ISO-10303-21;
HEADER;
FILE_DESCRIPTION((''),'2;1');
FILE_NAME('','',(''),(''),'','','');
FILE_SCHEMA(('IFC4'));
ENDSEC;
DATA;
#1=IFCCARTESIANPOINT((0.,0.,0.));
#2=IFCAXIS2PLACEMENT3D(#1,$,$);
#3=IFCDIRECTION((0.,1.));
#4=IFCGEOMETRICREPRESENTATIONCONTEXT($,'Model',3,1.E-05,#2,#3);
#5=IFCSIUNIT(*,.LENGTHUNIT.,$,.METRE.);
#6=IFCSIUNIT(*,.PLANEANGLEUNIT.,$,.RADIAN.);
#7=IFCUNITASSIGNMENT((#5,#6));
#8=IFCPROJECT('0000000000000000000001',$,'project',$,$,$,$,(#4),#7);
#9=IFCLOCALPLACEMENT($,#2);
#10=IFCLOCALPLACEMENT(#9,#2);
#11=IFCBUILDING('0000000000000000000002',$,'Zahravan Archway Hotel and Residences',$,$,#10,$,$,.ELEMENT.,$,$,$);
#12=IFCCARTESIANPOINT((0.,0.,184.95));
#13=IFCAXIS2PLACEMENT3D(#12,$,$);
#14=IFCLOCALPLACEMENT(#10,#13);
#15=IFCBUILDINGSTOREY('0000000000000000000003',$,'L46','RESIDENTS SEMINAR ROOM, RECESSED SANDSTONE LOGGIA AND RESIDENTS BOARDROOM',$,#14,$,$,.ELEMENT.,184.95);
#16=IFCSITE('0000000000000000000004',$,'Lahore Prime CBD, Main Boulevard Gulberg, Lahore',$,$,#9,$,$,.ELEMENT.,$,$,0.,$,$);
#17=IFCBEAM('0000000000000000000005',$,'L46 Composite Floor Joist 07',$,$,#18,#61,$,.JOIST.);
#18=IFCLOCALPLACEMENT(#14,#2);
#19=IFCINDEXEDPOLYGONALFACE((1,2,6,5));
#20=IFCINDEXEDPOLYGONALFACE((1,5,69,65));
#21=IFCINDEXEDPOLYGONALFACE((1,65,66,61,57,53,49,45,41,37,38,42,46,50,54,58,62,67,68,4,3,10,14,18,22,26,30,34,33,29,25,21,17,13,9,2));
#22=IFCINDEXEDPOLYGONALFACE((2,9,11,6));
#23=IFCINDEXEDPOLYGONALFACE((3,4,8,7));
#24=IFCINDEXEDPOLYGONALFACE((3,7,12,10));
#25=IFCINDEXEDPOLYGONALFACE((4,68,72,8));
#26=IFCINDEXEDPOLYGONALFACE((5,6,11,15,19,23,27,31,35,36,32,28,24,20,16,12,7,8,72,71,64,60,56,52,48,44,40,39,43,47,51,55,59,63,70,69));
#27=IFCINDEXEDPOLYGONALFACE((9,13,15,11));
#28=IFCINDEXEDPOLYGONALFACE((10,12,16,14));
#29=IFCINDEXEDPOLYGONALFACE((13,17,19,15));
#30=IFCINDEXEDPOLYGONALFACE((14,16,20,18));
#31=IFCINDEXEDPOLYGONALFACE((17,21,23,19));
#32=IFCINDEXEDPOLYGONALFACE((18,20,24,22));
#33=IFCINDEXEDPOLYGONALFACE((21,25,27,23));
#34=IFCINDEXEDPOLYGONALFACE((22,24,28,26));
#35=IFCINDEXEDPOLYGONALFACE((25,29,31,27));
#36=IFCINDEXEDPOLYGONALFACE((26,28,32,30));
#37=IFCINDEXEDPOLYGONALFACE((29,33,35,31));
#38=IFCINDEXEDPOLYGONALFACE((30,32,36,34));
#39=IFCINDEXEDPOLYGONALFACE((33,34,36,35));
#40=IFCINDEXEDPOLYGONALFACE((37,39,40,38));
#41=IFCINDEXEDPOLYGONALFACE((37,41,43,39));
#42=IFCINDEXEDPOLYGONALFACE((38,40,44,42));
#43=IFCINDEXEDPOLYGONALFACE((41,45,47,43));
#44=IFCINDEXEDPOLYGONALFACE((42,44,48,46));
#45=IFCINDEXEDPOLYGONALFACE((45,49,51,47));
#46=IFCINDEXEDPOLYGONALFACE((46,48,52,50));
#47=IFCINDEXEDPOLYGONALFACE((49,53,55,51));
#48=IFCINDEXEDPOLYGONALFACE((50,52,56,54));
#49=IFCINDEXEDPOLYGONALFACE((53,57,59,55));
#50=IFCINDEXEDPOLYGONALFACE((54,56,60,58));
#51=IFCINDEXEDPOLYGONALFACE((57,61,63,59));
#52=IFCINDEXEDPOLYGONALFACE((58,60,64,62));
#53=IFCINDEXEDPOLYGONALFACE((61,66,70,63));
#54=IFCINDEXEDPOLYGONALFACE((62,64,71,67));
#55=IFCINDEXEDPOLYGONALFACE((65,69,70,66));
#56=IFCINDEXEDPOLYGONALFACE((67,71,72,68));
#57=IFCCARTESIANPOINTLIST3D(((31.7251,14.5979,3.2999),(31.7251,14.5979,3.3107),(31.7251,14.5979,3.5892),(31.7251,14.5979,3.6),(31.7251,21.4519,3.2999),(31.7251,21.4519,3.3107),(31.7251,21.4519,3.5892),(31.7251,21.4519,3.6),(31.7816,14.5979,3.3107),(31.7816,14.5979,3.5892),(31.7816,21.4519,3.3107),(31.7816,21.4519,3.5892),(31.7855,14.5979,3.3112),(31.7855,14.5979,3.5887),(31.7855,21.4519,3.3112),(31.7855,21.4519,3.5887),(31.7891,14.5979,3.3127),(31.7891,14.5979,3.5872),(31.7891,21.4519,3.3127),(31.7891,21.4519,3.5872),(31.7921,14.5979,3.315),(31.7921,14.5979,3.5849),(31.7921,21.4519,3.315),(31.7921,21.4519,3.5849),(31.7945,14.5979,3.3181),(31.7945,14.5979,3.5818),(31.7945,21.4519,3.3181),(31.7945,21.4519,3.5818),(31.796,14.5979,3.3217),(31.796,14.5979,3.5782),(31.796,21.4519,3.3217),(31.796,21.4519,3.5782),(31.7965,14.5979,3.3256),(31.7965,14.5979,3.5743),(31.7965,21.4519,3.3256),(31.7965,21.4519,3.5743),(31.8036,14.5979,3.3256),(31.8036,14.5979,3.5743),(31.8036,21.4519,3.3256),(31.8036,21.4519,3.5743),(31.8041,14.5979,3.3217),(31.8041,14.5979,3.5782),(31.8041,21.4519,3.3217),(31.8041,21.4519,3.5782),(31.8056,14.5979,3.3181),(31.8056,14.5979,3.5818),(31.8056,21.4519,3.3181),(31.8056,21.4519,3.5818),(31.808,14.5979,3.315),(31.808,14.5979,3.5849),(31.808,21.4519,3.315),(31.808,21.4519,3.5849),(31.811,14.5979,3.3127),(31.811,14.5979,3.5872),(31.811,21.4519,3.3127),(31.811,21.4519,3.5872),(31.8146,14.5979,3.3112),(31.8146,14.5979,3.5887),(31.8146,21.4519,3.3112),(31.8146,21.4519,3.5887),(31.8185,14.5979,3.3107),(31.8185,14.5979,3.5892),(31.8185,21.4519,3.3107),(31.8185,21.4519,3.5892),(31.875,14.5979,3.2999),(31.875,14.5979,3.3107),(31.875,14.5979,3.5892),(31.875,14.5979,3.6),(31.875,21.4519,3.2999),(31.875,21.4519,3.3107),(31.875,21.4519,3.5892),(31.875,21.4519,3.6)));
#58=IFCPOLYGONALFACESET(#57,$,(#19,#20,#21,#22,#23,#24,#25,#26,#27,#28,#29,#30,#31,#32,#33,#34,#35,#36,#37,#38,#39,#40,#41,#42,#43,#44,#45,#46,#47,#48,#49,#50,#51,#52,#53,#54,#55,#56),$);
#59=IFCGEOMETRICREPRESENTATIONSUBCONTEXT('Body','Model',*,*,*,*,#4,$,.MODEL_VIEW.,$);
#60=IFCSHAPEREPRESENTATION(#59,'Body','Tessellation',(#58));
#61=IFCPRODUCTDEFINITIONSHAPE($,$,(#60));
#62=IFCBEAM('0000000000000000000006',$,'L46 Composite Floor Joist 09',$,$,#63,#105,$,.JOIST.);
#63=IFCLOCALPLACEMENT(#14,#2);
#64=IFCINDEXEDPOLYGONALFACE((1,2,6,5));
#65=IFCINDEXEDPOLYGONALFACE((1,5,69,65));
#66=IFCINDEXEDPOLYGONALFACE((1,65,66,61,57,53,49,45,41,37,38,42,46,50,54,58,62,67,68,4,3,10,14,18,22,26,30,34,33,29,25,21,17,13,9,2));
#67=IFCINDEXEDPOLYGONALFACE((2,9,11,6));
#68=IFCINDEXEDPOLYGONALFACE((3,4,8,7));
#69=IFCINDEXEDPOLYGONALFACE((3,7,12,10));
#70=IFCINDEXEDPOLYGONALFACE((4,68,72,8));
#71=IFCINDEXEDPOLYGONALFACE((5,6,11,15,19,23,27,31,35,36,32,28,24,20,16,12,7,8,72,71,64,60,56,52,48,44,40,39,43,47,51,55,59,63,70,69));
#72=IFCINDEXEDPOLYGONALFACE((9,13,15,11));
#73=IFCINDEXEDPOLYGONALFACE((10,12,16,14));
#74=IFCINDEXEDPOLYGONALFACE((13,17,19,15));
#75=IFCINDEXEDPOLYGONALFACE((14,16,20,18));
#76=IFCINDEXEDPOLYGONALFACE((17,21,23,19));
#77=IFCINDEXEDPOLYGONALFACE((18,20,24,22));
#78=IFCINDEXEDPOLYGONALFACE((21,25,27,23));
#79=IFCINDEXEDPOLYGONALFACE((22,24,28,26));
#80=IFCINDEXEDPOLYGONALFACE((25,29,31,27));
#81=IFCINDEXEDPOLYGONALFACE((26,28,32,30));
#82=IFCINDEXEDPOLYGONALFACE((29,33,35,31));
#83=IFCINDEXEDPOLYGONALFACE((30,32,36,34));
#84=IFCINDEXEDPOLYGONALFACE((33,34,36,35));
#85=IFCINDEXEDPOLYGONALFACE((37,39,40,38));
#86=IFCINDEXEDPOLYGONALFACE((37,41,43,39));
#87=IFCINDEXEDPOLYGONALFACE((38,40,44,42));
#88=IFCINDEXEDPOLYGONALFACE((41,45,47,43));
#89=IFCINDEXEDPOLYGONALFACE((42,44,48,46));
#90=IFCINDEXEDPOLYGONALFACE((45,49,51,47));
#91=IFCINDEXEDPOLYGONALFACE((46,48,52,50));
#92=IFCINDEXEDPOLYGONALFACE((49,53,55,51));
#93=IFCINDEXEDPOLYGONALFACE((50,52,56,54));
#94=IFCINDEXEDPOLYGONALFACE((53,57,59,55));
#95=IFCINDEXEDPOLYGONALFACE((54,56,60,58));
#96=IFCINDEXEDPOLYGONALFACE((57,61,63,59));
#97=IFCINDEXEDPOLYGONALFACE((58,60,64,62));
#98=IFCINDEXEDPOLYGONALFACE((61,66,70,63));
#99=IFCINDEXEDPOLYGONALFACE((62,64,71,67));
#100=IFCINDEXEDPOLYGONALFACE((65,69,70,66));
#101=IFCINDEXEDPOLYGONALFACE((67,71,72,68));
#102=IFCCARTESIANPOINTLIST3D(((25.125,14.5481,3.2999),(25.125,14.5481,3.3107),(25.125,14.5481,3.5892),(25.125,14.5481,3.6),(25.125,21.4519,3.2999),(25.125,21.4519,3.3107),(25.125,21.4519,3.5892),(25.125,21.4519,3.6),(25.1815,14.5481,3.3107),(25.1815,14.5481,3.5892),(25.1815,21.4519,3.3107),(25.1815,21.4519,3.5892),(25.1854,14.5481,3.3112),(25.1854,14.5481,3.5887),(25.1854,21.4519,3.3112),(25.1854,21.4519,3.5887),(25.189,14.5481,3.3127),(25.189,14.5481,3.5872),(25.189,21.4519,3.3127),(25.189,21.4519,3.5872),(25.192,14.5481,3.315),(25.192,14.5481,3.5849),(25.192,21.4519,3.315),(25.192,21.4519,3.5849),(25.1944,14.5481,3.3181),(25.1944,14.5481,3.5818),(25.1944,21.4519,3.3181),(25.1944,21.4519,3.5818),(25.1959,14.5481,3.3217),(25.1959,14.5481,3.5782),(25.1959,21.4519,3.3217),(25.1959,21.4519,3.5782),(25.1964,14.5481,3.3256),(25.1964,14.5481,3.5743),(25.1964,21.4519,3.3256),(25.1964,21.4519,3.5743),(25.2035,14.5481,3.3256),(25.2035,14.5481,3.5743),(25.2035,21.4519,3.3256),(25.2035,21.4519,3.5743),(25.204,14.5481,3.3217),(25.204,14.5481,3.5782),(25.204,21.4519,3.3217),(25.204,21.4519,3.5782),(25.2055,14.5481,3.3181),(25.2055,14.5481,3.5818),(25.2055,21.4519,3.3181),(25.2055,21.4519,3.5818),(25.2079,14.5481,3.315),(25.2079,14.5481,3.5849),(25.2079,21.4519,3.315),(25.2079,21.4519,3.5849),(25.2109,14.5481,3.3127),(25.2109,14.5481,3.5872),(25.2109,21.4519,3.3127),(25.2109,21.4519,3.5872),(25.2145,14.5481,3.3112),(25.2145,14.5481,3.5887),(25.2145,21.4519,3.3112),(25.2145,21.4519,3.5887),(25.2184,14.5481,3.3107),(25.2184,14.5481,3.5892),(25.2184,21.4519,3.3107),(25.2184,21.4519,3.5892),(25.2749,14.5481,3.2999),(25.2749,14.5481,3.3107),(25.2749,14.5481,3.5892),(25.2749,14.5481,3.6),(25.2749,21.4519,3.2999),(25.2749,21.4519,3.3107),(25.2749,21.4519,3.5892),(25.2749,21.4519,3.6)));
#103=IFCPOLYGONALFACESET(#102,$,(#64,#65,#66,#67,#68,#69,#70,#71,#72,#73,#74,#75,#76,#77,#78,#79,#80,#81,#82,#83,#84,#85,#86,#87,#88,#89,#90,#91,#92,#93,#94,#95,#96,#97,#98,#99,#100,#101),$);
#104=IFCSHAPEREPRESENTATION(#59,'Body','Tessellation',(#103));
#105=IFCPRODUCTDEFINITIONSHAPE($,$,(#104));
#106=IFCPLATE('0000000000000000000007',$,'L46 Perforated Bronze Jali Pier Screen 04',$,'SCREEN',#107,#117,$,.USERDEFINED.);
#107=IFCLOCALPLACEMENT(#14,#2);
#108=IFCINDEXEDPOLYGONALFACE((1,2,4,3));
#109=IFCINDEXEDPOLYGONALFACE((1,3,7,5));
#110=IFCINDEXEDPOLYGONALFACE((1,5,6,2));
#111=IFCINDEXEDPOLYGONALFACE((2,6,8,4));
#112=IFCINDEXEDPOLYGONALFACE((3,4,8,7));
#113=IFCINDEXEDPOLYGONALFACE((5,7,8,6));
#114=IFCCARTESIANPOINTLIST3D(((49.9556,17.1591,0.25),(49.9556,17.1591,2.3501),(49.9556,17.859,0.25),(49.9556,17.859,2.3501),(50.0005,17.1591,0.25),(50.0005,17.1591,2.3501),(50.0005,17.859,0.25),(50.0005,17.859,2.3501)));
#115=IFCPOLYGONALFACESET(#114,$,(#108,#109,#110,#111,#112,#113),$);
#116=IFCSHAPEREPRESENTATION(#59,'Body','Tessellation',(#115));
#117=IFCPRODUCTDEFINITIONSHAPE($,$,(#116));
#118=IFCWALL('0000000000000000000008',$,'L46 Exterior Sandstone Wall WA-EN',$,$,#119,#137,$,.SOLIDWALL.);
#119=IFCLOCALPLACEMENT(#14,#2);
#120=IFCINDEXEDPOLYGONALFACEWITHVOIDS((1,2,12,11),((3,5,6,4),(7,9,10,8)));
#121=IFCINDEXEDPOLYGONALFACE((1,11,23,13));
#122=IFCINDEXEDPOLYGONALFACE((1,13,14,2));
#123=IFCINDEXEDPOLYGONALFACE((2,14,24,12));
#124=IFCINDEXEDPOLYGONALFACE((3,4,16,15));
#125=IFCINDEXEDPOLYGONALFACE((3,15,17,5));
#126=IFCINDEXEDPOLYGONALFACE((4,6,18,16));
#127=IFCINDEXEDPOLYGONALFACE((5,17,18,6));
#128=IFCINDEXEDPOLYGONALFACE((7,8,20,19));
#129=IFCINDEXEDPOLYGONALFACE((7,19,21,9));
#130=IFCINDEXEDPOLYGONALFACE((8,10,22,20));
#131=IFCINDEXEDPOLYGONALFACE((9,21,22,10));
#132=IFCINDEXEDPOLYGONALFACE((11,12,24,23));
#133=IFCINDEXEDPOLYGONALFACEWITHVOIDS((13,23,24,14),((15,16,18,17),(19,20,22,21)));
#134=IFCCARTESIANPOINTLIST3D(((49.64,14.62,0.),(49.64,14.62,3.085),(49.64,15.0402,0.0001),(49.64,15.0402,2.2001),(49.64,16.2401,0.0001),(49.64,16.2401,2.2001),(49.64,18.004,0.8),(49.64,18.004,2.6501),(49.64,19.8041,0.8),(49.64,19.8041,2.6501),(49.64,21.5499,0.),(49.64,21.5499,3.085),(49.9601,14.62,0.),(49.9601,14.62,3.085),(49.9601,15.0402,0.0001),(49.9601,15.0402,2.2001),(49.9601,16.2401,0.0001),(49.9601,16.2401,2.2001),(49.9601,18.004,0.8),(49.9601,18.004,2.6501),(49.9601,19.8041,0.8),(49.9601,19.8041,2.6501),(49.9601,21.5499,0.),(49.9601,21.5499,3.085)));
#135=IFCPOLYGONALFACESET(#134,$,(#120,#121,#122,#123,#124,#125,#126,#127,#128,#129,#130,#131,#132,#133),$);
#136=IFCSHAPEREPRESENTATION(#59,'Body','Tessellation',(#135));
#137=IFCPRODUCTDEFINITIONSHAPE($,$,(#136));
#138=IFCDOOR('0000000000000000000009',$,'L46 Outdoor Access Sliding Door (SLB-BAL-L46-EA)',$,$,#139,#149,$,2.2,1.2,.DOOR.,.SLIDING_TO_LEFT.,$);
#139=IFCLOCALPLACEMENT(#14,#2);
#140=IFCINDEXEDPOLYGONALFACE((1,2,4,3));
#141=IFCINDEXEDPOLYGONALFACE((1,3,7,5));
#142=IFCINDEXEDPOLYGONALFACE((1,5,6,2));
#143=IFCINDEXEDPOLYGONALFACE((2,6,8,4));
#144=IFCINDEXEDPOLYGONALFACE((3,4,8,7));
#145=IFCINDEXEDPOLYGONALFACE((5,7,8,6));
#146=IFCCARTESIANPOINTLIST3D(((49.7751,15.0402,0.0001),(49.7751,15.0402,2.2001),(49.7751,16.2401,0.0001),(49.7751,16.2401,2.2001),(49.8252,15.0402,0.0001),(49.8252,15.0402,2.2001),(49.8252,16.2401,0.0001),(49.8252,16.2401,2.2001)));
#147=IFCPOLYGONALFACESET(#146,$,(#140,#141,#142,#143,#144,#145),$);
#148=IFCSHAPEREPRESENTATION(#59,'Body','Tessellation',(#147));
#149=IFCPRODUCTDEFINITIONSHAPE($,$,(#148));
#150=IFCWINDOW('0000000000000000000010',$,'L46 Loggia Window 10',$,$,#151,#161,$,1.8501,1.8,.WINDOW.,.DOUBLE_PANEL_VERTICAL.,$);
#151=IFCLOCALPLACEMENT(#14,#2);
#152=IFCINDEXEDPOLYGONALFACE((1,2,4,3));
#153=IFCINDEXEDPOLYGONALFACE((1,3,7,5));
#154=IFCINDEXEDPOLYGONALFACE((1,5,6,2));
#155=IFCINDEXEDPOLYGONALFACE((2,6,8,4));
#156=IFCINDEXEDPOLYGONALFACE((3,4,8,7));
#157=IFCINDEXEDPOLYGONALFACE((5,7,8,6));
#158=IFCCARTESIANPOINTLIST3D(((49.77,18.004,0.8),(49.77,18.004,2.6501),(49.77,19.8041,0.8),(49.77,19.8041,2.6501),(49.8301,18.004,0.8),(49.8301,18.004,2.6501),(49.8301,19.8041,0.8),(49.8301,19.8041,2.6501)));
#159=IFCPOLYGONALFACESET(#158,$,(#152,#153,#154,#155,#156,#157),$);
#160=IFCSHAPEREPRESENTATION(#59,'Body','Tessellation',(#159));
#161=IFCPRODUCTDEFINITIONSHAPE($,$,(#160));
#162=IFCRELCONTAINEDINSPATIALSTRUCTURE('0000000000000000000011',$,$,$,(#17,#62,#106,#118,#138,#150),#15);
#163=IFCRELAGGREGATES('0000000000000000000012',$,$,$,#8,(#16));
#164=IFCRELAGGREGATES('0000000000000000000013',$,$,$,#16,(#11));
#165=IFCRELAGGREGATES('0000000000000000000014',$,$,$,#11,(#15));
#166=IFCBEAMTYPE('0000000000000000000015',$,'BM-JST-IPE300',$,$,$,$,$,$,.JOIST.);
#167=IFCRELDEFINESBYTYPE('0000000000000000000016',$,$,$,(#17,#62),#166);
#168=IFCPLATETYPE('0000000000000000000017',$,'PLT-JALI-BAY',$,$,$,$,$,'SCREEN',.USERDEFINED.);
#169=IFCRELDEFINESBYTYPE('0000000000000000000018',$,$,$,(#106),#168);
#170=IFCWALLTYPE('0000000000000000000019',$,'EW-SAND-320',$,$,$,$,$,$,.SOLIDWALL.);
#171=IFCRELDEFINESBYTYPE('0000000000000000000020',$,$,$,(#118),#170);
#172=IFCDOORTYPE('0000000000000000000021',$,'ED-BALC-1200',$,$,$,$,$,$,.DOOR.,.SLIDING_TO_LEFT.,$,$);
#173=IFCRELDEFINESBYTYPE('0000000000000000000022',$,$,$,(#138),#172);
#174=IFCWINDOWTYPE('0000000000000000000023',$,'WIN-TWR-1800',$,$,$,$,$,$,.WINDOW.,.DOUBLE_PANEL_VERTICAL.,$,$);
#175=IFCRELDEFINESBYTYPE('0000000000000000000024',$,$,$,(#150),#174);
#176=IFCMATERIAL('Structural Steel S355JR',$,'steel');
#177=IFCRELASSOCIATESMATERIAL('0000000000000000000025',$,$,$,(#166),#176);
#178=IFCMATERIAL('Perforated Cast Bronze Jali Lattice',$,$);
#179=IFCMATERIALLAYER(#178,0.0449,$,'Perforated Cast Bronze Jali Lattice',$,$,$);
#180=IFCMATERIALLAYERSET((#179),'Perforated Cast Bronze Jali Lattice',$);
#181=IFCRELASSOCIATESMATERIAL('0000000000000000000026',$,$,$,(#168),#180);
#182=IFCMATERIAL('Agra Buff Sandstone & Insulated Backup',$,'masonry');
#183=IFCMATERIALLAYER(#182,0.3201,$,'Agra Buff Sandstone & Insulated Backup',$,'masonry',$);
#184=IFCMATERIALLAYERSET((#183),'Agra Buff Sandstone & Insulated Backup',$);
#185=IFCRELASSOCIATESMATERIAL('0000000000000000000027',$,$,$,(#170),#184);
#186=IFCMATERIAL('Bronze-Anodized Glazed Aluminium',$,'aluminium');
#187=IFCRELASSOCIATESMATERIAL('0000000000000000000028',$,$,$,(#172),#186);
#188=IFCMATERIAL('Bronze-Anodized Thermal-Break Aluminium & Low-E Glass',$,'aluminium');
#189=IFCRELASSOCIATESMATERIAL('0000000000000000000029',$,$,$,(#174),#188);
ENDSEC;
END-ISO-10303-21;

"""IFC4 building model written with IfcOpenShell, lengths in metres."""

from ifc_helpers import new_model, si_unit, direction, frame, frame_2d, origin, origin_2d, place, context, subcontext, project, spatial, rectangle, i_section, extrude, source, transform, mapped, material, layer, layer_set, material_profile, profile_set, type_object, type_shapes, element, fill, save


model = new_model("IFC4")

# Units and contexts
model_context = context("Model", 3, precision=1e-05, world=origin(), true_north=direction((0.0, 1.0)))
body_context = subcontext(model_context, "Body", "Model", "MODEL_VIEW")
ifc_project = project(units=[si_unit("LENGTHUNIT", "METRE"), si_unit("PLANEANGLEUNIT", "RADIAN")], contexts=[model_context])

# Site, building, storey
site_placement = place(None, origin())
site = spatial("IfcSite", under=ifc_project, at=site_placement, Name="Lahore Prime CBD, Main Boulevard Gulberg, Lahore", CompositionType="ELEMENT", RefElevation=0.0)
building_placement = place(site_placement, origin())
building = spatial("IfcBuilding", under=site, at=building_placement, Name="Zahravan Archway Hotel and Residences", CompositionType="ELEMENT")
storey_placement = place(building_placement, frame((0.0, 0.0, 184.95)))
storey = spatial("IfcBuildingStorey", under=building, at=storey_placement, Name="L46", Description="RESIDENTS SEMINAR ROOM, RECESSED SANDSTONE LOGGIA AND RESIDENTS BOARDROOM", CompositionType="ELEMENT", Elevation=184.95)

# Beams
ifc_material_1 = material(Name="Structural Steel S355JR", Category="steel")
ifc_material_profile_1 = material_profile(ifc_material_1, i_section(OverallWidth=0.1499, OverallDepth=0.3, WebThickness=0.0071, FlangeThickness=0.0107, FilletRadius=0.0149, at=origin_2d()), Name="IPE 300", Category="steel")
ifc_profile_set_1 = profile_set([ifc_material_profile_1], Name="Structural Steel S355JR")
beam_type_1 = type_object("IfcBeamType", Name="BM-JST-IPE300", PredefinedType="JOIST", material=ifc_profile_set_1)
shared_shape_1 = source(origin(), body_context, "Body", "SweptSolid", [
    extrude(i_section(OverallWidth=0.1499, OverallDepth=0.3, WebThickness=0.0071, FlangeThickness=0.0107, FilletRadius=0.0149, at=origin_2d()), origin(), (0.0, 0.0, 1.0), 6.854),
])
beam_1_placement = place(storey_placement, frame((31.8, 14.5979, 3.45), z_axis=(0.0, 1.0, 0.0), x_axis=(-1.0, 0.0, 0.0)))
element("IfcBeam", 1, at=beam_1_placement, inside=storey, type_object=beam_type_1, Name="L46 Composite Floor Joist 07", PredefinedType="JOIST", context=body_context, shape_type="MappedRepresentation", body=[
    mapped(shared_shape_1, transform((0.0, 0.0, 0.0), scale=1.0)),
])
shared_shape_2 = source(origin(), body_context, "Body", "SweptSolid", [
    extrude(i_section(OverallWidth=0.1499, OverallDepth=0.3, WebThickness=0.0071, FlangeThickness=0.0107, FilletRadius=0.0149, at=origin_2d()), origin(), (0.0, 0.0, 1.0), 6.9038),
])
beam_2_placement = place(storey_placement, frame((25.2, 14.5481, 3.45), z_axis=(0.0, 1.0, 0.0), x_axis=(-1.0, 0.0, 0.0)))
element("IfcBeam", 2, at=beam_2_placement, inside=storey, type_object=beam_type_1, Name="L46 Composite Floor Joist 09", PredefinedType="JOIST", context=body_context, shape_type="MappedRepresentation", body=[
    mapped(shared_shape_2, transform((0.0, 0.0, 0.0), scale=1.0)),
])

# Plate
ifc_material_2 = material(Name="Perforated Cast Bronze Jali Lattice")
ifc_layer_1 = layer(ifc_material_2, 0.0449, Name="Perforated Cast Bronze Jali Lattice")
ifc_layer_set_1 = layer_set([ifc_layer_1], Name="Perforated Cast Bronze Jali Lattice")
plate_type = type_object("IfcPlateType", Name="PLT-JALI-BAY", ElementType="SCREEN", PredefinedType="USERDEFINED", material=ifc_layer_set_1)
shared_shape_3 = source(origin(), body_context, "Body", "SweptSolid", [
    extrude(rectangle(XDim=0.7, YDim=0.0449, at=origin_2d()), origin(), (0.0, 0.0, 1.0), 2.1001),
])
type_shapes(plate_type, [shared_shape_3])
plate_placement = place(storey_placement, frame((49.978, 17.509, 0.25), z_axis=(0.0, 0.0, 1.0), x_axis=(0.0, 1.0, 0.0)))
element("IfcPlate", 3, at=plate_placement, inside=storey, type_object=plate_type, Name="L46 Perforated Bronze Jali Pier Screen 04", ObjectType="SCREEN", PredefinedType="USERDEFINED", context=body_context, shape_type="MappedRepresentation", body=[
    mapped(shared_shape_3, transform((0.0, 0.0, 0.0), scale=1.0)),
])

# Wall, openings, door, window
ifc_material_3 = material(Name="Agra Buff Sandstone & Insulated Backup", Category="masonry")
ifc_layer_2 = layer(ifc_material_3, 0.3201, Name="Agra Buff Sandstone & Insulated Backup", Category="masonry")
ifc_layer_set_2 = layer_set([ifc_layer_2], Name="Agra Buff Sandstone & Insulated Backup")
wall_type_1 = type_object("IfcWallType", Name="EW-SAND-320", PredefinedType="SOLIDWALL", material=ifc_layer_set_2)
wall_1_placement = place(storey_placement, frame((49.8, 14.6201, 0.0), z_axis=(0.0, 0.0, 1.0), x_axis=(0.0, 1.0, 0.0)))
wall_1 = element("IfcWall", 4, at=wall_1_placement, inside=storey, type_object=wall_type_1, Name="L46 Exterior Sandstone Wall WA-EN", PredefinedType="SOLIDWALL", context=body_context, shape_type="SweptSolid", body=[
    extrude(rectangle(XDim=6.9299, YDim=0.3201, at=frame_2d((3.4648, 0.0))), origin(), (0.0, 0.0, 1.0), 3.085),
])
opening_1_placement = place(wall_1_placement, frame((0.4199, 0.0, 0.0)))
opening_1 = element("IfcOpeningElement", 5, at=opening_1_placement, cuts=wall_1, PredefinedType="OPENING", context=body_context, shape_type="SweptSolid", body=[
    extrude(rectangle(XDim=1.2, YDim=2.2, at=frame_2d((0.6001, 1.1001))), frame((0.0, 0.1699, 0.0), z_axis=(0.0, -1.0, 0.0), x_axis=(1.0, 0.0, 0.0)), (0.0, 0.0, 1.0), 0.3401),
])
opening_2_placement = place(wall_1_placement, frame((3.384, 0.0, 0.8)))
opening_2 = element("IfcOpeningElement", 6, at=opening_2_placement, cuts=wall_1, PredefinedType="OPENING", context=body_context, shape_type="SweptSolid", body=[
    extrude(rectangle(XDim=1.8, YDim=1.8501, at=frame_2d((0.8999, 0.925))), frame((0.0, 0.1699, 0.0), z_axis=(0.0, -1.0, 0.0), x_axis=(1.0, 0.0, 0.0)), (0.0, 0.0, 1.0), 0.3401),
])
ifc_material_4 = material(Name="Bronze-Anodized Glazed Aluminium", Category="aluminium")
door_type_1 = type_object("IfcDoorType", Name="ED-BALC-1200", OperationType="SLIDING_TO_LEFT", PredefinedType="DOOR", material=ifc_material_4)
shared_shape_4 = source(origin(), body_context, "Body", "SweptSolid", [
    extrude(rectangle(XDim=1.2, YDim=2.2, at=frame_2d((0.6001, 1.1001))), frame((0.0, 0.0249, 0.0), z_axis=(0.0, -1.0, 0.0), x_axis=(1.0, 0.0, 0.0)), (0.0, 0.0, 1.0), 0.05),
])
type_shapes(door_type_1, [shared_shape_4])
door_1_placement = place(opening_1_placement, origin())
door_1 = element("IfcDoor", 7, at=door_1_placement, inside=storey, type_object=door_type_1, Name="L46 Outdoor Access Sliding Door (SLB-BAL-L46-EA)", OperationType="SLIDING_TO_LEFT", OverallHeight=2.2, OverallWidth=1.2, PredefinedType="DOOR", context=body_context, shape_type="MappedRepresentation", body=[
    mapped(shared_shape_4, transform((0.0, 0.0, 0.0), scale=1.0)),
])
fill(opening_1, door_1)
ifc_material_5 = material(Name="Bronze-Anodized Thermal-Break Aluminium & Low-E Glass", Category="aluminium")
window_type = type_object("IfcWindowType", Name="WIN-TWR-1800", PartitioningType="DOUBLE_PANEL_VERTICAL", PredefinedType="WINDOW", material=ifc_material_5)
shared_shape_5 = source(origin(), body_context, "Body", "SweptSolid", [
    extrude(rectangle(XDim=1.8, YDim=1.8501, at=frame_2d((0.8999, 0.925))), frame((0.0, 0.03, 0.0), z_axis=(0.0, -1.0, 0.0), x_axis=(1.0, 0.0, 0.0)), (0.0, 0.0, 1.0), 0.0601),
])
type_shapes(window_type, [shared_shape_5])
window_placement = place(opening_2_placement, origin())
window = element("IfcWindow", 8, at=window_placement, inside=storey, type_object=window_type, Name="L46 Loggia Window 10", OverallHeight=1.8501, OverallWidth=1.8, PartitioningType="DOUBLE_PANEL_VERTICAL", PredefinedType="WINDOW", context=body_context, shape_type="MappedRepresentation", body=[
    mapped(shared_shape_5, transform((0.0, 0.0, 0.0), scale=1.0)),
])
fill(opening_2, window)

save(model, "model.ifc")
